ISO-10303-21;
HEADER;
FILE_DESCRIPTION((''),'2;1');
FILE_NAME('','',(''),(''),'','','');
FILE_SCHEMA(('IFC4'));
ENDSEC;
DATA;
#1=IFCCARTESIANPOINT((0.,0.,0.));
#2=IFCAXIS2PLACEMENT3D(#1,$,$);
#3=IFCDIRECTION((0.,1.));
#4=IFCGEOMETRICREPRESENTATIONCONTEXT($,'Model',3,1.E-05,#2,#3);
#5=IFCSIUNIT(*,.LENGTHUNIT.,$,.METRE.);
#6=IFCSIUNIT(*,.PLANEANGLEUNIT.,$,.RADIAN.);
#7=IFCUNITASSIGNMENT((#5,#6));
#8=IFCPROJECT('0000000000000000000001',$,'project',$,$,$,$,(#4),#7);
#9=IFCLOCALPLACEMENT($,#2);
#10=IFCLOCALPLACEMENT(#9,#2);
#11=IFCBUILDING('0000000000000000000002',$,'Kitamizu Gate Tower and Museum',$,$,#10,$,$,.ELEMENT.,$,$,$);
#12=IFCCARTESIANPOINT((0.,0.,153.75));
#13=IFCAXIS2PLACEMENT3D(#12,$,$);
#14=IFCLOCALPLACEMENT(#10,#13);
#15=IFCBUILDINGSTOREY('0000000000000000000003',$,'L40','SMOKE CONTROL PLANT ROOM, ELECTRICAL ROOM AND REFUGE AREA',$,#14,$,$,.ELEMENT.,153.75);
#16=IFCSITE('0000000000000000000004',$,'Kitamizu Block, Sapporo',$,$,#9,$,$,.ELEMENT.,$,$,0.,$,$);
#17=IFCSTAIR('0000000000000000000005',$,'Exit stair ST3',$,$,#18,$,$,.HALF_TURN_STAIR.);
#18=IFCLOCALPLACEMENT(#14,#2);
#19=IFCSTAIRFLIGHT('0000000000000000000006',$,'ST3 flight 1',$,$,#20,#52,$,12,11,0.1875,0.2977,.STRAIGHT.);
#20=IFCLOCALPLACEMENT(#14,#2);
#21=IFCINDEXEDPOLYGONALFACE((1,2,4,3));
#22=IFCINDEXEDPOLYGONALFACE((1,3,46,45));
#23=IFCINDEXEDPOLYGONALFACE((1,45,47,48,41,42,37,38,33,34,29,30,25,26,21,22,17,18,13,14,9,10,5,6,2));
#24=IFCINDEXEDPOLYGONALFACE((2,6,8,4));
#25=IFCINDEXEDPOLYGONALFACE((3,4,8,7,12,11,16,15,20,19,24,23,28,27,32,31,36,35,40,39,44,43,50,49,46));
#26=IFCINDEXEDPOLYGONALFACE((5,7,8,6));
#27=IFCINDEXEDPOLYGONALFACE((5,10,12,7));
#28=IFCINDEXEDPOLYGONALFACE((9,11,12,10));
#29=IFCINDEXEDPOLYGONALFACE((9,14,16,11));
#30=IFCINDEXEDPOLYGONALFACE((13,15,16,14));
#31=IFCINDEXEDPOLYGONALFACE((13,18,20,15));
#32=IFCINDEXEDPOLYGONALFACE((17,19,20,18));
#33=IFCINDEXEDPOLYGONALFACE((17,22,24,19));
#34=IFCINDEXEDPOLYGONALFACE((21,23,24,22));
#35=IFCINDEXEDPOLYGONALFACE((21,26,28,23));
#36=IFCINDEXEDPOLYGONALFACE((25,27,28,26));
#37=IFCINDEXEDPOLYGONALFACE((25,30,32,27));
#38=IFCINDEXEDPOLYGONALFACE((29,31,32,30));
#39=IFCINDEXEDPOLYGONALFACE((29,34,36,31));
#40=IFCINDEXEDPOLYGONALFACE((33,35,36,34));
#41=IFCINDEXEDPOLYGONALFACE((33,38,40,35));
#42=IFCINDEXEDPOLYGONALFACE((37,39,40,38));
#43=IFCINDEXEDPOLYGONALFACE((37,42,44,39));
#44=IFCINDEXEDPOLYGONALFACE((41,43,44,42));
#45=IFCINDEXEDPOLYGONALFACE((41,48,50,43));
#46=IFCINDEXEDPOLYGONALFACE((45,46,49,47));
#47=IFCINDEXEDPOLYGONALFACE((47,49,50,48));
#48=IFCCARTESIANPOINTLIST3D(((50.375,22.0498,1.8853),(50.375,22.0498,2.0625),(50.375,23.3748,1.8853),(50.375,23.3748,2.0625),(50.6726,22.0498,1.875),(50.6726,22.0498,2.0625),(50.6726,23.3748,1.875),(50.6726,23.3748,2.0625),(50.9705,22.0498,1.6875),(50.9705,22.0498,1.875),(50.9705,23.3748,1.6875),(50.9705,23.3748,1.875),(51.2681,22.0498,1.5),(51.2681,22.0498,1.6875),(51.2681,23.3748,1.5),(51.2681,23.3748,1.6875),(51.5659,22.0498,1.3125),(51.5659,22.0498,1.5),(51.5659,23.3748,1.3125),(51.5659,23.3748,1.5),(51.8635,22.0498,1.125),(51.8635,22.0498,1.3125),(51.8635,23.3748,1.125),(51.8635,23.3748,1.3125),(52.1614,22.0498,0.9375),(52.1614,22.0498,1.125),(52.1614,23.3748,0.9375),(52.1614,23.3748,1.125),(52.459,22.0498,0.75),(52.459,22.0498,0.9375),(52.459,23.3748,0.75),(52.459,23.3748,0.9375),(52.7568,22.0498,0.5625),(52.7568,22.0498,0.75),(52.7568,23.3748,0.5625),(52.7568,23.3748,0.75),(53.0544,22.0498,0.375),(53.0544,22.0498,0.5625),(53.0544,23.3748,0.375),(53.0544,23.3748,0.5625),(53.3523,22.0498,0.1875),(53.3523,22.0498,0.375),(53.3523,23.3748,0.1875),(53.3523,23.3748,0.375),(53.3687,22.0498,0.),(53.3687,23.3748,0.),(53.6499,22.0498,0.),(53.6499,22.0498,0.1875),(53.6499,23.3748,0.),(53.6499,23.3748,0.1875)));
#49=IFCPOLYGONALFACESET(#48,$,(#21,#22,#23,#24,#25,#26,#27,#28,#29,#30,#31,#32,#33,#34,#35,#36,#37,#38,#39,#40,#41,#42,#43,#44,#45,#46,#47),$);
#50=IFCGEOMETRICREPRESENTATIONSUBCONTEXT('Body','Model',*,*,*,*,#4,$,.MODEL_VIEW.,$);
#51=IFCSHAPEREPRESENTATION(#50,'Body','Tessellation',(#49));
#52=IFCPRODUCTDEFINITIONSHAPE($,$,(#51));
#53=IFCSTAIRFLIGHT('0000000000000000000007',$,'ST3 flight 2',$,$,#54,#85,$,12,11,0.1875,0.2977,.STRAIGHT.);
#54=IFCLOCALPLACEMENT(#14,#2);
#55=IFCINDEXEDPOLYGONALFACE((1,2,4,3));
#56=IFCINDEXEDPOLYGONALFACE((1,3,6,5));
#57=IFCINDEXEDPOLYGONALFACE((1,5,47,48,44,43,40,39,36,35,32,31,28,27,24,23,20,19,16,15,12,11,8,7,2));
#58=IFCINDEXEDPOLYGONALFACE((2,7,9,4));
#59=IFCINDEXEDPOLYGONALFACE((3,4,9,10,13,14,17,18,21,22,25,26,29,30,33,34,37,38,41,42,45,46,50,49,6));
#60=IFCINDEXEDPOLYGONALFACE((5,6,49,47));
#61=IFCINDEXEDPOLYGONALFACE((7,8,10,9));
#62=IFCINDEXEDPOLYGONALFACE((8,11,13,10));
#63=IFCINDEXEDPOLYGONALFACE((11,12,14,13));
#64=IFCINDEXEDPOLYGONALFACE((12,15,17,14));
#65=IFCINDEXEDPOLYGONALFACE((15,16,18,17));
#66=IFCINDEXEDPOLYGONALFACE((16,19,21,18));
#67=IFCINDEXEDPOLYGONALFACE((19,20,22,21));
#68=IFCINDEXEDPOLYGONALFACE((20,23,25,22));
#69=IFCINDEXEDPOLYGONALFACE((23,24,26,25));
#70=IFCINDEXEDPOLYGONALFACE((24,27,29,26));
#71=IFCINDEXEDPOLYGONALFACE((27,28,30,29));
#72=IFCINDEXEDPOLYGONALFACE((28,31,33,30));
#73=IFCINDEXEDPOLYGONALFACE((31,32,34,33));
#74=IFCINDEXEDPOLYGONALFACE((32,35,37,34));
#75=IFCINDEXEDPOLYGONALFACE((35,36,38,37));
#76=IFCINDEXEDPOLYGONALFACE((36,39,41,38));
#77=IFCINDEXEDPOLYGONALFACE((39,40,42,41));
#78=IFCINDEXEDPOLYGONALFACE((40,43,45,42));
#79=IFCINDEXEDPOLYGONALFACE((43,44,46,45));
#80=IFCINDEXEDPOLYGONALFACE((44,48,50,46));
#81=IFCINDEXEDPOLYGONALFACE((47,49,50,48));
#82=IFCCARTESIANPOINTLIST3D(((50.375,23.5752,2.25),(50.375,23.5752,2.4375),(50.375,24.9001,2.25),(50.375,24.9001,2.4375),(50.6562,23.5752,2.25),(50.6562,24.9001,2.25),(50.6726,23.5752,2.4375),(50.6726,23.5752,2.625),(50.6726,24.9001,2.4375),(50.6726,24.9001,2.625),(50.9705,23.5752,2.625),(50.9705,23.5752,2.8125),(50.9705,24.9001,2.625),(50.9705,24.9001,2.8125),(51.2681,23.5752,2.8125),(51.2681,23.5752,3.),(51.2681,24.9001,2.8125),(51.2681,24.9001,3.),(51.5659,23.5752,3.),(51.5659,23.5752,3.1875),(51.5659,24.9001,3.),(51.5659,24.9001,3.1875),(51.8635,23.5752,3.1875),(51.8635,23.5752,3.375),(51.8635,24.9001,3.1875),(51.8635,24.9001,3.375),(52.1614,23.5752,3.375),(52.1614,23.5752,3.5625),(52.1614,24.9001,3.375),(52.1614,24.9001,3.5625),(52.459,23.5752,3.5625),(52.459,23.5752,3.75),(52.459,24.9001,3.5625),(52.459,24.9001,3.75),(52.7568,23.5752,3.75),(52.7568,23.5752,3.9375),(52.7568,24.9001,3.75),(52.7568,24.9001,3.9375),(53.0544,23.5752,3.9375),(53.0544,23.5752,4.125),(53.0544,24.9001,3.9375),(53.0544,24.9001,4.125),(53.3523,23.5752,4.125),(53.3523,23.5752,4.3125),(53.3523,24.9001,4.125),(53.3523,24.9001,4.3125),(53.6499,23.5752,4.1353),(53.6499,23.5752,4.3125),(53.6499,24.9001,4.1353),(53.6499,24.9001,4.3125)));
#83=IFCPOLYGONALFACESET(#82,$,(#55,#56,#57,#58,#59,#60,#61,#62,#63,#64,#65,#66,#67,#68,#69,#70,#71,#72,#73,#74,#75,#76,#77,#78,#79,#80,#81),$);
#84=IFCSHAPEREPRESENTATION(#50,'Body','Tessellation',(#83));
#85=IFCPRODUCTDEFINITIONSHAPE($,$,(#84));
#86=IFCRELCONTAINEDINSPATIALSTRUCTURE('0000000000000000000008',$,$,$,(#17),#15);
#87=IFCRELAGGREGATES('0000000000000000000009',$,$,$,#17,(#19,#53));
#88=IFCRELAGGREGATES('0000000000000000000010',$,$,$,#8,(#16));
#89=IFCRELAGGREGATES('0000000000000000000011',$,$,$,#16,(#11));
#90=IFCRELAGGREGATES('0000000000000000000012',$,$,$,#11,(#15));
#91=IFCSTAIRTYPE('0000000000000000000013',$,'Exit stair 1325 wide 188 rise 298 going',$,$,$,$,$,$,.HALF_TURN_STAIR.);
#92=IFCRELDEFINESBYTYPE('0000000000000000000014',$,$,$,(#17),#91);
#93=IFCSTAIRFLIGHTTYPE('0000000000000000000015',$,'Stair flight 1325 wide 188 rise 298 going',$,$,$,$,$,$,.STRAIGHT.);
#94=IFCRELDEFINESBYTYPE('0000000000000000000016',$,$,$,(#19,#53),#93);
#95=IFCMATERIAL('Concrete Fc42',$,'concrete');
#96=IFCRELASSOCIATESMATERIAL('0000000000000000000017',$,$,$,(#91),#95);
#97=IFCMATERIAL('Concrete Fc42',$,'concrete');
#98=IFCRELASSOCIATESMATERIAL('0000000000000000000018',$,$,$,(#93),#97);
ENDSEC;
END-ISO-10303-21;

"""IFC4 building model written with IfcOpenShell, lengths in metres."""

from ifc_helpers import new_model, si_unit, direction, frame, origin, place, context, subcontext, project, spatial, polyline, outline, extrude, material, type_object, element, aggregate, save


model = new_model("IFC4")

# Units and contexts
model_context = context("Model", 3, precision=1e-05, world=origin(), true_north=direction((0.0, 1.0)))
body_context = subcontext(model_context, "Body", "Model", "MODEL_VIEW")
ifc_project = project(units=[si_unit("LENGTHUNIT", "METRE"), si_unit("PLANEANGLEUNIT", "RADIAN")], contexts=[model_context])

# Site, building, storey
site_placement = place(None, origin())
site = spatial("IfcSite", under=ifc_project, at=site_placement, Name="Kitamizu Block, Sapporo", CompositionType="ELEMENT", RefElevation=0.0)
building_placement = place(site_placement, origin())
building = spatial("IfcBuilding", under=site, at=building_placement, Name="Kitamizu Gate Tower and Museum", CompositionType="ELEMENT")
storey_placement = place(building_placement, frame((0.0, 0.0, 153.75)))
storey = spatial("IfcBuildingStorey", under=building, at=storey_placement, Name="L40", Description="SMOKE CONTROL PLANT ROOM, ELECTRICAL ROOM AND REFUGE AREA", CompositionType="ELEMENT", Elevation=153.75)

# Stair, stair flights
ifc_material_1 = material(Name="Concrete Fc42", Category="concrete")
stair_type = type_object("IfcStairType", Name="Exit stair 1325 wide 188 rise 298 going", PredefinedType="HALF_TURN_STAIR", material=ifc_material_1)
stair_placement = place(storey_placement, origin())
stair = element("IfcStair", 1, at=stair_placement, inside=storey, type_object=stair_type, Name="Exit stair ST3", PredefinedType="HALF_TURN_STAIR")
ifc_material_2 = material(Name="Concrete Fc42", Category="concrete")
stair_flight_type = type_object("IfcStairFlightType", Name="Stair flight 1325 wide 188 rise 298 going", PredefinedType="STRAIGHT", material=ifc_material_2)
stair_flight_1_placement = place(storey_placement, frame((53.6499, 22.7124, 0.0), z_axis=(0.0, 0.0, 1.0), x_axis=(-1.0, 0.0, 0.0)))
stair_flight_1 = element("IfcStairFlight", 2, at=stair_flight_1_placement, type_object=stair_flight_type, Name="ST3 flight 1", NumberOfRisers=12, NumberOfTreads=11, PredefinedType="STRAIGHT", RiserHeight=0.1875, TreadLength=0.2977, context=body_context, shape_type="SweptSolid", body=[
    extrude(outline(polyline([(0.0, 0.0), (0.0, 0.1875), (0.2976, 0.1875), (0.2976, 0.375), (0.5955, 0.375), (0.5955, 0.5625), (0.8931, 0.5625), (0.8931, 0.75), (1.1909, 0.75), (1.1909, 0.9375), (1.4885, 0.9375), (1.4885, 1.125), (1.7864, 1.125), (1.7864, 1.3125), (2.084, 1.3125), (2.084, 1.5), (2.3818, 1.5), (2.3818, 1.6875), (2.6794, 1.6875), (2.6794, 1.875), (2.9773, 1.875), (2.9773, 2.0625), (3.2749, 2.0625), (3.2749, 2.25), (3.2749, 1.8853), (0.2812, 0.0), (0.0, 0.0)])), frame((0.0, 0.6626, 0.0), z_axis=(0.0, -1.0, 0.0), x_axis=(1.0, 0.0, 0.0)), (0.0, 0.0, 1.0), 1.325),
])
stair_flight_2_placement = place(storey_placement, frame((50.375, 24.2375, 2.25), z_axis=(0.0, 0.0, 1.0), x_axis=(1.0, 0.0, 0.0)))
stair_flight_2 = element("IfcStairFlight", 3, at=stair_flight_2_placement, type_object=stair_flight_type, Name="ST3 flight 2", NumberOfRisers=12, NumberOfTreads=11, PredefinedType="STRAIGHT", RiserHeight=0.1875, TreadLength=0.2977, context=body_context, shape_type="SweptSolid", body=[
    extrude(outline(polyline([(0.0, 0.0), (0.0, 0.1875), (0.2976, 0.1875), (0.2976, 0.375), (0.5955, 0.375), (0.5955, 0.5625), (0.8931, 0.5625), (0.8931, 0.75), (1.1909, 0.75), (1.1909, 0.9375), (1.4885, 0.9375), (1.4885, 1.125), (1.7864, 1.125), (1.7864, 1.3125), (2.084, 1.3125), (2.084, 1.5), (2.3818, 1.5), (2.3818, 1.6875), (2.6794, 1.6875), (2.6794, 1.875), (2.9773, 1.875), (2.9773, 2.0625), (3.2749, 2.0625), (3.2749, 2.25), (3.2749, 1.8853), (0.2812, 0.0), (0.0, 0.0)])), frame((0.0, 0.6626, 0.0), z_axis=(0.0, -1.0, 0.0), x_axis=(1.0, 0.0, 0.0)), (0.0, 0.0, 1.0), 1.325),
])
aggregate(stair, [stair_flight_1, stair_flight_2])

save(model, "model.ifc")
